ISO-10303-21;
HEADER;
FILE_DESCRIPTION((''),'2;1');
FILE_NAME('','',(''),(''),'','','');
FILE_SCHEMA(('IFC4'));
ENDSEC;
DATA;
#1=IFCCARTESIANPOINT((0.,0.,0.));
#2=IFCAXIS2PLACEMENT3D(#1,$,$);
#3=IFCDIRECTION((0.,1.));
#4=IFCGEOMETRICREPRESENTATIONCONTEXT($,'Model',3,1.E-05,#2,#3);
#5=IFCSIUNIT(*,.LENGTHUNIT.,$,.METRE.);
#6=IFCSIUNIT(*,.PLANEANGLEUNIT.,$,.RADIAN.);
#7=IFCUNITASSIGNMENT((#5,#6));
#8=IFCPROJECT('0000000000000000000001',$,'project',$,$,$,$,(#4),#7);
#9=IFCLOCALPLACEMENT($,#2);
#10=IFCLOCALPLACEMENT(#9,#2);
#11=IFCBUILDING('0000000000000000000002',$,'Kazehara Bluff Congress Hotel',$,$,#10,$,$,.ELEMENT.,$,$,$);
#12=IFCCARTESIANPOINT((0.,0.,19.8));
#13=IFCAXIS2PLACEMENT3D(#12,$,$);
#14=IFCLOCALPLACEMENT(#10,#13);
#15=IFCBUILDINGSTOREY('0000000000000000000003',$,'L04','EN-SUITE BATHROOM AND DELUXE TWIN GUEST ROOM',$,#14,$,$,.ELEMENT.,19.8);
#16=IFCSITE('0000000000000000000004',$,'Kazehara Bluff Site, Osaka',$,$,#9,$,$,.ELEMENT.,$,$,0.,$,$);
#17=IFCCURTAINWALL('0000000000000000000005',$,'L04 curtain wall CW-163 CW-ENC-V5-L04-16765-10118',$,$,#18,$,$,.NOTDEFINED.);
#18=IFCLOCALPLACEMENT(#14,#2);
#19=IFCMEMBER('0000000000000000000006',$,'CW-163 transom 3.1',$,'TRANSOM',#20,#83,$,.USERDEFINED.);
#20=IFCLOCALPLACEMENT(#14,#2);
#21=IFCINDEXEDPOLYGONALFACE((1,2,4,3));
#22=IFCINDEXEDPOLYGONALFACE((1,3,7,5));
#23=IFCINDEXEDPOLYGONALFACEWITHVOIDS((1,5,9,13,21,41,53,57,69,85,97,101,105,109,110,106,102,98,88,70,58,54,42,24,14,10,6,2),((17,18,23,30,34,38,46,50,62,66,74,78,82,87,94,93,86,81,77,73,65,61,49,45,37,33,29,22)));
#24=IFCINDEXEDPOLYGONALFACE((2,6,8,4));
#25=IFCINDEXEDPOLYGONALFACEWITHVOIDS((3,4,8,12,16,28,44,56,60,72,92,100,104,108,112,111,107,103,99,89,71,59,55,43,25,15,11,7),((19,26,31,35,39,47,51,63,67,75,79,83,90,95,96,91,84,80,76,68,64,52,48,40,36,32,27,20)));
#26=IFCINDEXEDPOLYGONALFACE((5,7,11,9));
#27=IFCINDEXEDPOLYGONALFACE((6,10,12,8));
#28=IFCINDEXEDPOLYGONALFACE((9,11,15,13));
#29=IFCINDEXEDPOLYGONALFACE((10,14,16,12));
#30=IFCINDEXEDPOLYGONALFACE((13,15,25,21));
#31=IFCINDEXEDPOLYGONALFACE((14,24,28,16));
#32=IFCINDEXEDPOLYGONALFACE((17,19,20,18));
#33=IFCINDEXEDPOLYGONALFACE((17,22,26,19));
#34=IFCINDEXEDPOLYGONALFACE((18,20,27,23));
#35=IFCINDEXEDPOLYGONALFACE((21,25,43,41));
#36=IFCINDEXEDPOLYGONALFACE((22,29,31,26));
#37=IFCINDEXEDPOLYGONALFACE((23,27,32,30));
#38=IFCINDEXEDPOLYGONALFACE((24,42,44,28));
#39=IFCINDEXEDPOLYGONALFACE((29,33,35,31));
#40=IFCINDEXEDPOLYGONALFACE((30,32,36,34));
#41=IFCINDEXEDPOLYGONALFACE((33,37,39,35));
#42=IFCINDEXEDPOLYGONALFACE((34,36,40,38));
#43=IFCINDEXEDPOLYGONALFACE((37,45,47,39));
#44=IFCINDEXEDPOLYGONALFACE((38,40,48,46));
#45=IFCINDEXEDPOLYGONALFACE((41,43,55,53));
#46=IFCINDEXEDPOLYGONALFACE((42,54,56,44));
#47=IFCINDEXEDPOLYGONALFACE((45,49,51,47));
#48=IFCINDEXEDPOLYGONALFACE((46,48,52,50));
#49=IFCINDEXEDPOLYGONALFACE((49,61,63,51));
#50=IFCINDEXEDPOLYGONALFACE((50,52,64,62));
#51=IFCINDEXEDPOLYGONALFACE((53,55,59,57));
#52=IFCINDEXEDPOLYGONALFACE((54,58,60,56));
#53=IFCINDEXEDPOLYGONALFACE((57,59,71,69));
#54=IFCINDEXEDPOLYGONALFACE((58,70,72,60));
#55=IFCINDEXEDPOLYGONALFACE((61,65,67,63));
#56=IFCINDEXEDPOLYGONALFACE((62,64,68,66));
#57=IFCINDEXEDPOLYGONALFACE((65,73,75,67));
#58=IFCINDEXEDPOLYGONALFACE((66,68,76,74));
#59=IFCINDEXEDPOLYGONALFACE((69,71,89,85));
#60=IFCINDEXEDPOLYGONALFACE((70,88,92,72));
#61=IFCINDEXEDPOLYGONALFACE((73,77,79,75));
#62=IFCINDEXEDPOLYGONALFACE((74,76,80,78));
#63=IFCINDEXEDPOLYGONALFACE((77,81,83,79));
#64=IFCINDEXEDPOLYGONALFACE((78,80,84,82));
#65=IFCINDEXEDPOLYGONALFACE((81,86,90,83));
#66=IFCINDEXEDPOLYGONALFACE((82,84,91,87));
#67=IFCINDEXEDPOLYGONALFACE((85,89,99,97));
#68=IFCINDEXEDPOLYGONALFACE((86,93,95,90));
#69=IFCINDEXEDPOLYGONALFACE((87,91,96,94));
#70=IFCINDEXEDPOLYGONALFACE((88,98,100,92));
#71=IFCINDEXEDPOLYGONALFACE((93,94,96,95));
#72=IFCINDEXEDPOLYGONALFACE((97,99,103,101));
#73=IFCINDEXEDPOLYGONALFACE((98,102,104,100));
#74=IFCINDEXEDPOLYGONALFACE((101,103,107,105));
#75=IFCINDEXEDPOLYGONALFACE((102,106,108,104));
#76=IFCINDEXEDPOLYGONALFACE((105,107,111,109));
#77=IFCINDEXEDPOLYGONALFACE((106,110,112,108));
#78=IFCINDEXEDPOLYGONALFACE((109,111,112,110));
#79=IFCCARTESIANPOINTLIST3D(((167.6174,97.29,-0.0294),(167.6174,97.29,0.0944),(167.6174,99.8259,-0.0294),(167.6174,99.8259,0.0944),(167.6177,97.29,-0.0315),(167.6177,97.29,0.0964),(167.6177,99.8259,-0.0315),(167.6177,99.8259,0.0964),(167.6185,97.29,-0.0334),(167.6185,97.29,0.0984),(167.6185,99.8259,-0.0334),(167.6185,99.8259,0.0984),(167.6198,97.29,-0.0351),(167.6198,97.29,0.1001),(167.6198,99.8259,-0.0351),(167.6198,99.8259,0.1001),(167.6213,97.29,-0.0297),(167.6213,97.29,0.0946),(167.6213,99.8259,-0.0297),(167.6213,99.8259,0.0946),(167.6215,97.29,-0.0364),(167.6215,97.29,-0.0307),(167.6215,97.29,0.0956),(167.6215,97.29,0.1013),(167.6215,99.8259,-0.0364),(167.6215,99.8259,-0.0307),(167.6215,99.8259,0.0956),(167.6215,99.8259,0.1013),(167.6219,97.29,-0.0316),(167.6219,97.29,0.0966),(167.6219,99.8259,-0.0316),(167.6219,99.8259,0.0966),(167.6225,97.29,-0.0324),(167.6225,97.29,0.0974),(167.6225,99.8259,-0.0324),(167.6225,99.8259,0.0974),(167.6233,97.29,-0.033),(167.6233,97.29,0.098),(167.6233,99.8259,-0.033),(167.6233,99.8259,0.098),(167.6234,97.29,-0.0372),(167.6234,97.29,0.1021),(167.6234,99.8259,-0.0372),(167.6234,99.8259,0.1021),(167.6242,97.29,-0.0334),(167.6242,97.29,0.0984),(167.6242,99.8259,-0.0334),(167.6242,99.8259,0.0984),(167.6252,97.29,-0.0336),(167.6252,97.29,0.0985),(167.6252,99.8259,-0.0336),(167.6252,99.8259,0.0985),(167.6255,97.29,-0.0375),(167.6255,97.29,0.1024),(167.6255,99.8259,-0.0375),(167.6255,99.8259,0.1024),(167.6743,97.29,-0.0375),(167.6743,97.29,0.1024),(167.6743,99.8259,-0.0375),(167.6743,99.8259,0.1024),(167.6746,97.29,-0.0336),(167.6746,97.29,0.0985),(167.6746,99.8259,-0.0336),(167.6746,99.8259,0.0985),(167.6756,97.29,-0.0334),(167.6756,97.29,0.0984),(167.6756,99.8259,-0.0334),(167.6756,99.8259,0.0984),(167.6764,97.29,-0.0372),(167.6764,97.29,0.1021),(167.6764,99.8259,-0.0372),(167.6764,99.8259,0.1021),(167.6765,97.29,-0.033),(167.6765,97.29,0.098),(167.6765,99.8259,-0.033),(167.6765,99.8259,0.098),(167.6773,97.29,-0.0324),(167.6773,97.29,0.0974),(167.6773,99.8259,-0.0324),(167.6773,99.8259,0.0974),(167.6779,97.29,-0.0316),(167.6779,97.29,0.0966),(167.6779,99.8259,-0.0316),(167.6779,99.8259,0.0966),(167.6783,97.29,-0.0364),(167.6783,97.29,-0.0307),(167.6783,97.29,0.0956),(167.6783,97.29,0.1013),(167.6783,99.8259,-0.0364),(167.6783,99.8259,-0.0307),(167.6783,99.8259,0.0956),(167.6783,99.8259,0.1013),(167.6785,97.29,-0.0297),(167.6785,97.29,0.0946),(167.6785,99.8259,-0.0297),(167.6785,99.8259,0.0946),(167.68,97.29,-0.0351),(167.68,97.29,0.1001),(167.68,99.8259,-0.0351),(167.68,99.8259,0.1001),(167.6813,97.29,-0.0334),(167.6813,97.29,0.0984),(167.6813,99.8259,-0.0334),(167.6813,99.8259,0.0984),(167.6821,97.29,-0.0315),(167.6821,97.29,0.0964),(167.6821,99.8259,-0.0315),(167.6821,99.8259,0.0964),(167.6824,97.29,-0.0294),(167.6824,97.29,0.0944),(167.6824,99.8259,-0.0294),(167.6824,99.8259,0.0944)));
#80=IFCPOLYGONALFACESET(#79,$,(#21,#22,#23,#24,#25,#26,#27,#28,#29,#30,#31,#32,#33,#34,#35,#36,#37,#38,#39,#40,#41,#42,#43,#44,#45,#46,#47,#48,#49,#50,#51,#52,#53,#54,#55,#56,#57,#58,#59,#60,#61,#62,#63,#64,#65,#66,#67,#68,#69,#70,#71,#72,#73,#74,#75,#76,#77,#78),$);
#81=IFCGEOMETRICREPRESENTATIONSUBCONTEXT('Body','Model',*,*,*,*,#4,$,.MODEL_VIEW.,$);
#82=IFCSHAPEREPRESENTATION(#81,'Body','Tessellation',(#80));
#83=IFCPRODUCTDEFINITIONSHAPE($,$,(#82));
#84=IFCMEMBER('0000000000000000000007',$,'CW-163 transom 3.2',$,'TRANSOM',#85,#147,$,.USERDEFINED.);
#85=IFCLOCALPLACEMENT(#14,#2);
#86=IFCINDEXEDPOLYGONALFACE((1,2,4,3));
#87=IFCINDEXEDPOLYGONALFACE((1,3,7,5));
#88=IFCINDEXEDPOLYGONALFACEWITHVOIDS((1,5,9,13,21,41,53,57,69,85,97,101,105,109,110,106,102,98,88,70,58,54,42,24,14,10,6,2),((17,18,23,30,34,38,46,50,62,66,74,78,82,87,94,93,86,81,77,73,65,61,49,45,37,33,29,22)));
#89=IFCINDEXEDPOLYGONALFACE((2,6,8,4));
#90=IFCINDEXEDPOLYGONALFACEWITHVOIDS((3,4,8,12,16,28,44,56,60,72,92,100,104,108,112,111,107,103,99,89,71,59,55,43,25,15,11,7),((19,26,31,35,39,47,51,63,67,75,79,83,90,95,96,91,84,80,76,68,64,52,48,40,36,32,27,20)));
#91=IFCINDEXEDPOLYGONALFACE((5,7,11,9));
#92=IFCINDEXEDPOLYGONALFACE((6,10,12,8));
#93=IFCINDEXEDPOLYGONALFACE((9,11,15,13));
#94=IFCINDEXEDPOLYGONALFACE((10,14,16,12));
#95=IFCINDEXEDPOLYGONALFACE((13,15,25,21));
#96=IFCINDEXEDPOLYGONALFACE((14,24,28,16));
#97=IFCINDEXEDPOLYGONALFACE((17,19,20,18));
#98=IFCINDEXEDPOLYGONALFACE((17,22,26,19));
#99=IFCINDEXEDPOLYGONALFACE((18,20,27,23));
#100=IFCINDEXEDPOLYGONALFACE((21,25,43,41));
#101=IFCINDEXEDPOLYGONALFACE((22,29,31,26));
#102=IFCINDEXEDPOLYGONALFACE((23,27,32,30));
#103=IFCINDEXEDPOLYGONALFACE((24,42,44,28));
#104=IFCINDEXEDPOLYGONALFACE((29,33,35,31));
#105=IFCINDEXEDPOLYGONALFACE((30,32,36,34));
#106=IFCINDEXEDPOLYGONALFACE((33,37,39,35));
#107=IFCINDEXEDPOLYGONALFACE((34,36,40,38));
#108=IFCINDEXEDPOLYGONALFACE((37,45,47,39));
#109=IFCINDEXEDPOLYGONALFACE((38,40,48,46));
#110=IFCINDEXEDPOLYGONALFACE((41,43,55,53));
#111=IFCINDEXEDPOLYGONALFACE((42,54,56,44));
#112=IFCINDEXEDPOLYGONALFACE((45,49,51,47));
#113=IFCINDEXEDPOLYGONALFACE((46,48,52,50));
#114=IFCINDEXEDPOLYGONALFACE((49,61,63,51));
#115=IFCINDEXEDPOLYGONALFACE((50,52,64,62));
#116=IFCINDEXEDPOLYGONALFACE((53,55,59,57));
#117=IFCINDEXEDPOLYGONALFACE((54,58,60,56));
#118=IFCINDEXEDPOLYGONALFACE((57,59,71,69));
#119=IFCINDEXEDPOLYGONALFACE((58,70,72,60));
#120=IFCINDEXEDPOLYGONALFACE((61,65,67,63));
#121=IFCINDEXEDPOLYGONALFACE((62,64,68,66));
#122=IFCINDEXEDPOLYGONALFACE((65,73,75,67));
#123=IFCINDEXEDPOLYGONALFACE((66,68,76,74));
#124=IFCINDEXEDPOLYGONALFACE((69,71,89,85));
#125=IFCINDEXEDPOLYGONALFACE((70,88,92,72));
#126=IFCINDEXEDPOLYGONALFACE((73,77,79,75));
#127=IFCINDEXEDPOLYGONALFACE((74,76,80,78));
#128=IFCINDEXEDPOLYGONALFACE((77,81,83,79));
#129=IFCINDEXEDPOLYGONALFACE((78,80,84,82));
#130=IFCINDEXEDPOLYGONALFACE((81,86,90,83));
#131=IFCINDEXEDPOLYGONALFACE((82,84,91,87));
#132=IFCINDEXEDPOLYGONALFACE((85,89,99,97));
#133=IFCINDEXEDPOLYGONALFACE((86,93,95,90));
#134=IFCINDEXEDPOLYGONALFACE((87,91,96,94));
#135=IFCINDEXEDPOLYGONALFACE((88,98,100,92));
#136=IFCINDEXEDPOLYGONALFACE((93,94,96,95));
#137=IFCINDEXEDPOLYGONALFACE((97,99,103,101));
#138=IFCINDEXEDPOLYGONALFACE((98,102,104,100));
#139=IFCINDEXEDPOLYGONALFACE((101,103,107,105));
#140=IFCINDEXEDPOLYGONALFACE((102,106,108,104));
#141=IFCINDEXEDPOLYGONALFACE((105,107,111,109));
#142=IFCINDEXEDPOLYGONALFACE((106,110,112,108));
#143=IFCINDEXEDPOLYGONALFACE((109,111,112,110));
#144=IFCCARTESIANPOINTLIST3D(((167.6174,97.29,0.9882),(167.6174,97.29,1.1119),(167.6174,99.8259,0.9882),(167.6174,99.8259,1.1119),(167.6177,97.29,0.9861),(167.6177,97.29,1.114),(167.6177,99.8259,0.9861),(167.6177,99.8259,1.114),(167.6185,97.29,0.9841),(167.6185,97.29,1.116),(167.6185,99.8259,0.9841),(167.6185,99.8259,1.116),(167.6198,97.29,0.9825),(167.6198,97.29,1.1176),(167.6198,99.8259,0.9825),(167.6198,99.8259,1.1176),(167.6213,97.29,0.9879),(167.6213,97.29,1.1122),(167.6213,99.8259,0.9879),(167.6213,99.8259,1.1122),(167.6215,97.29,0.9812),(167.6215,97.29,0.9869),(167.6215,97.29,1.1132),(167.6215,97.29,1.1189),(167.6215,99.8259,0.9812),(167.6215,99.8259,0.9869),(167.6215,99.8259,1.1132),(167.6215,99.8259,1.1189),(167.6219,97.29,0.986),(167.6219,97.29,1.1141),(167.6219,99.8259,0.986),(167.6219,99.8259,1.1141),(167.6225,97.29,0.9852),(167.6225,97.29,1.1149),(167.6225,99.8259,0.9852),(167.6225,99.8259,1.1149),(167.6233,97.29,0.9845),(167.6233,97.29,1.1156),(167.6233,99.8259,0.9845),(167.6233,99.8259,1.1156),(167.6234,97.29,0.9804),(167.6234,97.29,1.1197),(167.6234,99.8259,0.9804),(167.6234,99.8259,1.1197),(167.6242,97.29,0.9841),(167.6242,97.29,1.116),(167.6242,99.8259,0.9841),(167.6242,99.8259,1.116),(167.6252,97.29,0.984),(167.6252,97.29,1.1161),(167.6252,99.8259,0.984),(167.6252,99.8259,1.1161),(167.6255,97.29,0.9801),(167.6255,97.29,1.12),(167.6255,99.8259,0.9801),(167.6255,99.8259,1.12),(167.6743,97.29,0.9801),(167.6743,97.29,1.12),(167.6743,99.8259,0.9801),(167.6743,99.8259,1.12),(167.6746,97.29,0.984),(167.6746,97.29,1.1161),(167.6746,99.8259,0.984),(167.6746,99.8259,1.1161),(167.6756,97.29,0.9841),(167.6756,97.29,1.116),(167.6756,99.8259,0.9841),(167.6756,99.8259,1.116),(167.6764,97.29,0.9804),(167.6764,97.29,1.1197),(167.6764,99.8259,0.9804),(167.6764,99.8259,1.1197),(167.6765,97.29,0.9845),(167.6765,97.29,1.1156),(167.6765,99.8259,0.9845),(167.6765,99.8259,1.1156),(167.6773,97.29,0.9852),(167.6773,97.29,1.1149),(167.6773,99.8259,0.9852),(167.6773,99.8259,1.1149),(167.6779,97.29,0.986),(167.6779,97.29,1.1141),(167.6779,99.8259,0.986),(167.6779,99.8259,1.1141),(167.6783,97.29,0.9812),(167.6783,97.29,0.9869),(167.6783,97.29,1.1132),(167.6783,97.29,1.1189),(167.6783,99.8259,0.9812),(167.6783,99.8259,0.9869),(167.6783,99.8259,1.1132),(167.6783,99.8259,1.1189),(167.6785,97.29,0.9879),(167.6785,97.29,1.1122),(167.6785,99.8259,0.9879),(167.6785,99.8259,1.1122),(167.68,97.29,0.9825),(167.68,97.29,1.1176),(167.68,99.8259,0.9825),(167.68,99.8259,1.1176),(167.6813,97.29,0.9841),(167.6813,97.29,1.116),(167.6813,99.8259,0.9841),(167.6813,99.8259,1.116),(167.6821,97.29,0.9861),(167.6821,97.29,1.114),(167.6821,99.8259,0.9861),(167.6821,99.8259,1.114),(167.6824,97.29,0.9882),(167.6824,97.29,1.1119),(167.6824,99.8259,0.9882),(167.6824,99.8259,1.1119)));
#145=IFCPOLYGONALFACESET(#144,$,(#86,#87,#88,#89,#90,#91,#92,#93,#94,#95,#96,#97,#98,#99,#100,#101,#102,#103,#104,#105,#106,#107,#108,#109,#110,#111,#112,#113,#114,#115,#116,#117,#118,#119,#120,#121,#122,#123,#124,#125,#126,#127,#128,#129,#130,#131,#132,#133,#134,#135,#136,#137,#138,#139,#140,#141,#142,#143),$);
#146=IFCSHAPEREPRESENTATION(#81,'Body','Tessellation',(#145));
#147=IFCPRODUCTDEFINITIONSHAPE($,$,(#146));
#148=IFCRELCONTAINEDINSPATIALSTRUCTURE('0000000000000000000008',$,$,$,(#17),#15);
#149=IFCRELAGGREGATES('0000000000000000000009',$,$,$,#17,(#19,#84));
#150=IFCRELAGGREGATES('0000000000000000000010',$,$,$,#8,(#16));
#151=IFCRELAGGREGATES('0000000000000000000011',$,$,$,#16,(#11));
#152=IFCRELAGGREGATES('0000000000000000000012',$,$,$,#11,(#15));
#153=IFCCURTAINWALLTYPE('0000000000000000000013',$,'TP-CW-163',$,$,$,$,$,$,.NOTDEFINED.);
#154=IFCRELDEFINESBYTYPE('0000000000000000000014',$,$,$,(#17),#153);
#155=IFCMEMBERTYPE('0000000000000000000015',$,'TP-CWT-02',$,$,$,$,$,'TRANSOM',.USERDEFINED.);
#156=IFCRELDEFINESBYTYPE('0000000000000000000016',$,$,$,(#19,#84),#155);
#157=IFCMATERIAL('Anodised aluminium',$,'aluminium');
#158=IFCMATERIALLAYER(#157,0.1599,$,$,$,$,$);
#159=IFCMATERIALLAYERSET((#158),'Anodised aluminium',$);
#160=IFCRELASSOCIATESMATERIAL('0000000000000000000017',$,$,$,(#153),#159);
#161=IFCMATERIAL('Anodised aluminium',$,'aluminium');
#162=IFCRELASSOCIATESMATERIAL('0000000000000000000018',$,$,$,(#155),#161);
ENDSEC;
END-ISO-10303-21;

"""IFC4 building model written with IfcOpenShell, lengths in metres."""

from ifc_helpers import new_model, si_unit, direction, frame, origin, origin_2d, place, context, subcontext, project, spatial, hollow_rectangle, extrude, material, layer, layer_set, material_profile, profile_set, type_object, element, aggregate, save


model = new_model("IFC4")

# Units and contexts
model_context = context("Model", 3, precision=1e-05, world=origin(), true_north=direction((0.0, 1.0)))
body_context = subcontext(model_context, "Body", "Model", "MODEL_VIEW")
ifc_project = project(units=[si_unit("LENGTHUNIT", "METRE"), si_unit("PLANEANGLEUNIT", "RADIAN")], contexts=[model_context])

# Site, building, storey
site_placement = place(None, origin())
site = spatial("IfcSite", under=ifc_project, at=site_placement, Name="Kazehara Bluff Site, Osaka", CompositionType="ELEMENT", RefElevation=0.0)
building_placement = place(site_placement, origin())
building = spatial("IfcBuilding", under=site, at=building_placement, Name="Kazehara Bluff Congress Hotel", CompositionType="ELEMENT")
storey_placement = place(building_placement, frame((0.0, 0.0, 19.8)))
storey = spatial("IfcBuildingStorey", under=building, at=storey_placement, Name="L04", Description="EN-SUITE BATHROOM AND DELUXE TWIN GUEST ROOM", CompositionType="ELEMENT", Elevation=19.8)

# Curtain wall
ifc_material_1 = material(Name="Anodised aluminium", Category="aluminium")
ifc_layer_1 = layer(ifc_material_1, 0.1599)
ifc_layer_set_1 = layer_set([ifc_layer_1], Name="Anodised aluminium")
curtain_wall_type_1 = type_object("IfcCurtainWallType", Name="TP-CW-163", PredefinedType="NOTDEFINED", material=ifc_layer_set_1)
curtain_wall_1_placement = place(storey_placement, origin())
curtain_wall_1 = element("IfcCurtainWall", 1, at=curtain_wall_1_placement, inside=storey, type_object=curtain_wall_type_1, Name="L04 curtain wall CW-163 CW-ENC-V5-L04-16765-10118", PredefinedType="NOTDEFINED")

# Members
ifc_material_2 = material(Name="Anodised aluminium", Category="aluminium")
ifc_material_profile_1 = material_profile(ifc_material_2, hollow_rectangle(XDim=0.0649, YDim=0.1399, WallThickness=0.0039, InnerFilletRadius=0.0039, OuterFilletRadius=0.0081, at=origin_2d()))
ifc_profile_set_1 = profile_set([ifc_material_profile_1], Name="Anodised aluminium")
member_type_1 = type_object("IfcMemberType", Name="TP-CWT-02", ElementType="TRANSOM", PredefinedType="USERDEFINED", material=ifc_profile_set_1)
member_1_placement = place(storey_placement, frame((167.6499, 99.8259, 0.0325), z_axis=(0.0, -1.0, 0.0), x_axis=(1.0, 0.0, 0.0)))
member_1 = element("IfcMember", 2, at=member_1_placement, type_object=member_type_1, Name="CW-163 transom 3.1", ObjectType="TRANSOM", PredefinedType="USERDEFINED", context=body_context, shape_type="SweptSolid", body=[
    extrude(hollow_rectangle(XDim=0.0649, YDim=0.1399, WallThickness=0.0039, InnerFilletRadius=0.0039, OuterFilletRadius=0.0081, at=origin_2d()), origin(), (0.0, 0.0, 1.0), 2.5359),
])
member_2_placement = place(storey_placement, frame((167.6499, 99.8259, 1.05), z_axis=(0.0, -1.0, 0.0), x_axis=(1.0, 0.0, 0.0)))
member_2 = element("IfcMember", 3, at=member_2_placement, type_object=member_type_1, Name="CW-163 transom 3.2", ObjectType="TRANSOM", PredefinedType="USERDEFINED", context=body_context, shape_type="SweptSolid", body=[
    extrude(hollow_rectangle(XDim=0.0649, YDim=0.1399, WallThickness=0.0039, InnerFilletRadius=0.0039, OuterFilletRadius=0.0081, at=origin_2d()), origin(), (0.0, 0.0, 1.0), 2.5359),
])

aggregate(curtain_wall_1, [member_1, member_2])

save(model, "model.ifc")
